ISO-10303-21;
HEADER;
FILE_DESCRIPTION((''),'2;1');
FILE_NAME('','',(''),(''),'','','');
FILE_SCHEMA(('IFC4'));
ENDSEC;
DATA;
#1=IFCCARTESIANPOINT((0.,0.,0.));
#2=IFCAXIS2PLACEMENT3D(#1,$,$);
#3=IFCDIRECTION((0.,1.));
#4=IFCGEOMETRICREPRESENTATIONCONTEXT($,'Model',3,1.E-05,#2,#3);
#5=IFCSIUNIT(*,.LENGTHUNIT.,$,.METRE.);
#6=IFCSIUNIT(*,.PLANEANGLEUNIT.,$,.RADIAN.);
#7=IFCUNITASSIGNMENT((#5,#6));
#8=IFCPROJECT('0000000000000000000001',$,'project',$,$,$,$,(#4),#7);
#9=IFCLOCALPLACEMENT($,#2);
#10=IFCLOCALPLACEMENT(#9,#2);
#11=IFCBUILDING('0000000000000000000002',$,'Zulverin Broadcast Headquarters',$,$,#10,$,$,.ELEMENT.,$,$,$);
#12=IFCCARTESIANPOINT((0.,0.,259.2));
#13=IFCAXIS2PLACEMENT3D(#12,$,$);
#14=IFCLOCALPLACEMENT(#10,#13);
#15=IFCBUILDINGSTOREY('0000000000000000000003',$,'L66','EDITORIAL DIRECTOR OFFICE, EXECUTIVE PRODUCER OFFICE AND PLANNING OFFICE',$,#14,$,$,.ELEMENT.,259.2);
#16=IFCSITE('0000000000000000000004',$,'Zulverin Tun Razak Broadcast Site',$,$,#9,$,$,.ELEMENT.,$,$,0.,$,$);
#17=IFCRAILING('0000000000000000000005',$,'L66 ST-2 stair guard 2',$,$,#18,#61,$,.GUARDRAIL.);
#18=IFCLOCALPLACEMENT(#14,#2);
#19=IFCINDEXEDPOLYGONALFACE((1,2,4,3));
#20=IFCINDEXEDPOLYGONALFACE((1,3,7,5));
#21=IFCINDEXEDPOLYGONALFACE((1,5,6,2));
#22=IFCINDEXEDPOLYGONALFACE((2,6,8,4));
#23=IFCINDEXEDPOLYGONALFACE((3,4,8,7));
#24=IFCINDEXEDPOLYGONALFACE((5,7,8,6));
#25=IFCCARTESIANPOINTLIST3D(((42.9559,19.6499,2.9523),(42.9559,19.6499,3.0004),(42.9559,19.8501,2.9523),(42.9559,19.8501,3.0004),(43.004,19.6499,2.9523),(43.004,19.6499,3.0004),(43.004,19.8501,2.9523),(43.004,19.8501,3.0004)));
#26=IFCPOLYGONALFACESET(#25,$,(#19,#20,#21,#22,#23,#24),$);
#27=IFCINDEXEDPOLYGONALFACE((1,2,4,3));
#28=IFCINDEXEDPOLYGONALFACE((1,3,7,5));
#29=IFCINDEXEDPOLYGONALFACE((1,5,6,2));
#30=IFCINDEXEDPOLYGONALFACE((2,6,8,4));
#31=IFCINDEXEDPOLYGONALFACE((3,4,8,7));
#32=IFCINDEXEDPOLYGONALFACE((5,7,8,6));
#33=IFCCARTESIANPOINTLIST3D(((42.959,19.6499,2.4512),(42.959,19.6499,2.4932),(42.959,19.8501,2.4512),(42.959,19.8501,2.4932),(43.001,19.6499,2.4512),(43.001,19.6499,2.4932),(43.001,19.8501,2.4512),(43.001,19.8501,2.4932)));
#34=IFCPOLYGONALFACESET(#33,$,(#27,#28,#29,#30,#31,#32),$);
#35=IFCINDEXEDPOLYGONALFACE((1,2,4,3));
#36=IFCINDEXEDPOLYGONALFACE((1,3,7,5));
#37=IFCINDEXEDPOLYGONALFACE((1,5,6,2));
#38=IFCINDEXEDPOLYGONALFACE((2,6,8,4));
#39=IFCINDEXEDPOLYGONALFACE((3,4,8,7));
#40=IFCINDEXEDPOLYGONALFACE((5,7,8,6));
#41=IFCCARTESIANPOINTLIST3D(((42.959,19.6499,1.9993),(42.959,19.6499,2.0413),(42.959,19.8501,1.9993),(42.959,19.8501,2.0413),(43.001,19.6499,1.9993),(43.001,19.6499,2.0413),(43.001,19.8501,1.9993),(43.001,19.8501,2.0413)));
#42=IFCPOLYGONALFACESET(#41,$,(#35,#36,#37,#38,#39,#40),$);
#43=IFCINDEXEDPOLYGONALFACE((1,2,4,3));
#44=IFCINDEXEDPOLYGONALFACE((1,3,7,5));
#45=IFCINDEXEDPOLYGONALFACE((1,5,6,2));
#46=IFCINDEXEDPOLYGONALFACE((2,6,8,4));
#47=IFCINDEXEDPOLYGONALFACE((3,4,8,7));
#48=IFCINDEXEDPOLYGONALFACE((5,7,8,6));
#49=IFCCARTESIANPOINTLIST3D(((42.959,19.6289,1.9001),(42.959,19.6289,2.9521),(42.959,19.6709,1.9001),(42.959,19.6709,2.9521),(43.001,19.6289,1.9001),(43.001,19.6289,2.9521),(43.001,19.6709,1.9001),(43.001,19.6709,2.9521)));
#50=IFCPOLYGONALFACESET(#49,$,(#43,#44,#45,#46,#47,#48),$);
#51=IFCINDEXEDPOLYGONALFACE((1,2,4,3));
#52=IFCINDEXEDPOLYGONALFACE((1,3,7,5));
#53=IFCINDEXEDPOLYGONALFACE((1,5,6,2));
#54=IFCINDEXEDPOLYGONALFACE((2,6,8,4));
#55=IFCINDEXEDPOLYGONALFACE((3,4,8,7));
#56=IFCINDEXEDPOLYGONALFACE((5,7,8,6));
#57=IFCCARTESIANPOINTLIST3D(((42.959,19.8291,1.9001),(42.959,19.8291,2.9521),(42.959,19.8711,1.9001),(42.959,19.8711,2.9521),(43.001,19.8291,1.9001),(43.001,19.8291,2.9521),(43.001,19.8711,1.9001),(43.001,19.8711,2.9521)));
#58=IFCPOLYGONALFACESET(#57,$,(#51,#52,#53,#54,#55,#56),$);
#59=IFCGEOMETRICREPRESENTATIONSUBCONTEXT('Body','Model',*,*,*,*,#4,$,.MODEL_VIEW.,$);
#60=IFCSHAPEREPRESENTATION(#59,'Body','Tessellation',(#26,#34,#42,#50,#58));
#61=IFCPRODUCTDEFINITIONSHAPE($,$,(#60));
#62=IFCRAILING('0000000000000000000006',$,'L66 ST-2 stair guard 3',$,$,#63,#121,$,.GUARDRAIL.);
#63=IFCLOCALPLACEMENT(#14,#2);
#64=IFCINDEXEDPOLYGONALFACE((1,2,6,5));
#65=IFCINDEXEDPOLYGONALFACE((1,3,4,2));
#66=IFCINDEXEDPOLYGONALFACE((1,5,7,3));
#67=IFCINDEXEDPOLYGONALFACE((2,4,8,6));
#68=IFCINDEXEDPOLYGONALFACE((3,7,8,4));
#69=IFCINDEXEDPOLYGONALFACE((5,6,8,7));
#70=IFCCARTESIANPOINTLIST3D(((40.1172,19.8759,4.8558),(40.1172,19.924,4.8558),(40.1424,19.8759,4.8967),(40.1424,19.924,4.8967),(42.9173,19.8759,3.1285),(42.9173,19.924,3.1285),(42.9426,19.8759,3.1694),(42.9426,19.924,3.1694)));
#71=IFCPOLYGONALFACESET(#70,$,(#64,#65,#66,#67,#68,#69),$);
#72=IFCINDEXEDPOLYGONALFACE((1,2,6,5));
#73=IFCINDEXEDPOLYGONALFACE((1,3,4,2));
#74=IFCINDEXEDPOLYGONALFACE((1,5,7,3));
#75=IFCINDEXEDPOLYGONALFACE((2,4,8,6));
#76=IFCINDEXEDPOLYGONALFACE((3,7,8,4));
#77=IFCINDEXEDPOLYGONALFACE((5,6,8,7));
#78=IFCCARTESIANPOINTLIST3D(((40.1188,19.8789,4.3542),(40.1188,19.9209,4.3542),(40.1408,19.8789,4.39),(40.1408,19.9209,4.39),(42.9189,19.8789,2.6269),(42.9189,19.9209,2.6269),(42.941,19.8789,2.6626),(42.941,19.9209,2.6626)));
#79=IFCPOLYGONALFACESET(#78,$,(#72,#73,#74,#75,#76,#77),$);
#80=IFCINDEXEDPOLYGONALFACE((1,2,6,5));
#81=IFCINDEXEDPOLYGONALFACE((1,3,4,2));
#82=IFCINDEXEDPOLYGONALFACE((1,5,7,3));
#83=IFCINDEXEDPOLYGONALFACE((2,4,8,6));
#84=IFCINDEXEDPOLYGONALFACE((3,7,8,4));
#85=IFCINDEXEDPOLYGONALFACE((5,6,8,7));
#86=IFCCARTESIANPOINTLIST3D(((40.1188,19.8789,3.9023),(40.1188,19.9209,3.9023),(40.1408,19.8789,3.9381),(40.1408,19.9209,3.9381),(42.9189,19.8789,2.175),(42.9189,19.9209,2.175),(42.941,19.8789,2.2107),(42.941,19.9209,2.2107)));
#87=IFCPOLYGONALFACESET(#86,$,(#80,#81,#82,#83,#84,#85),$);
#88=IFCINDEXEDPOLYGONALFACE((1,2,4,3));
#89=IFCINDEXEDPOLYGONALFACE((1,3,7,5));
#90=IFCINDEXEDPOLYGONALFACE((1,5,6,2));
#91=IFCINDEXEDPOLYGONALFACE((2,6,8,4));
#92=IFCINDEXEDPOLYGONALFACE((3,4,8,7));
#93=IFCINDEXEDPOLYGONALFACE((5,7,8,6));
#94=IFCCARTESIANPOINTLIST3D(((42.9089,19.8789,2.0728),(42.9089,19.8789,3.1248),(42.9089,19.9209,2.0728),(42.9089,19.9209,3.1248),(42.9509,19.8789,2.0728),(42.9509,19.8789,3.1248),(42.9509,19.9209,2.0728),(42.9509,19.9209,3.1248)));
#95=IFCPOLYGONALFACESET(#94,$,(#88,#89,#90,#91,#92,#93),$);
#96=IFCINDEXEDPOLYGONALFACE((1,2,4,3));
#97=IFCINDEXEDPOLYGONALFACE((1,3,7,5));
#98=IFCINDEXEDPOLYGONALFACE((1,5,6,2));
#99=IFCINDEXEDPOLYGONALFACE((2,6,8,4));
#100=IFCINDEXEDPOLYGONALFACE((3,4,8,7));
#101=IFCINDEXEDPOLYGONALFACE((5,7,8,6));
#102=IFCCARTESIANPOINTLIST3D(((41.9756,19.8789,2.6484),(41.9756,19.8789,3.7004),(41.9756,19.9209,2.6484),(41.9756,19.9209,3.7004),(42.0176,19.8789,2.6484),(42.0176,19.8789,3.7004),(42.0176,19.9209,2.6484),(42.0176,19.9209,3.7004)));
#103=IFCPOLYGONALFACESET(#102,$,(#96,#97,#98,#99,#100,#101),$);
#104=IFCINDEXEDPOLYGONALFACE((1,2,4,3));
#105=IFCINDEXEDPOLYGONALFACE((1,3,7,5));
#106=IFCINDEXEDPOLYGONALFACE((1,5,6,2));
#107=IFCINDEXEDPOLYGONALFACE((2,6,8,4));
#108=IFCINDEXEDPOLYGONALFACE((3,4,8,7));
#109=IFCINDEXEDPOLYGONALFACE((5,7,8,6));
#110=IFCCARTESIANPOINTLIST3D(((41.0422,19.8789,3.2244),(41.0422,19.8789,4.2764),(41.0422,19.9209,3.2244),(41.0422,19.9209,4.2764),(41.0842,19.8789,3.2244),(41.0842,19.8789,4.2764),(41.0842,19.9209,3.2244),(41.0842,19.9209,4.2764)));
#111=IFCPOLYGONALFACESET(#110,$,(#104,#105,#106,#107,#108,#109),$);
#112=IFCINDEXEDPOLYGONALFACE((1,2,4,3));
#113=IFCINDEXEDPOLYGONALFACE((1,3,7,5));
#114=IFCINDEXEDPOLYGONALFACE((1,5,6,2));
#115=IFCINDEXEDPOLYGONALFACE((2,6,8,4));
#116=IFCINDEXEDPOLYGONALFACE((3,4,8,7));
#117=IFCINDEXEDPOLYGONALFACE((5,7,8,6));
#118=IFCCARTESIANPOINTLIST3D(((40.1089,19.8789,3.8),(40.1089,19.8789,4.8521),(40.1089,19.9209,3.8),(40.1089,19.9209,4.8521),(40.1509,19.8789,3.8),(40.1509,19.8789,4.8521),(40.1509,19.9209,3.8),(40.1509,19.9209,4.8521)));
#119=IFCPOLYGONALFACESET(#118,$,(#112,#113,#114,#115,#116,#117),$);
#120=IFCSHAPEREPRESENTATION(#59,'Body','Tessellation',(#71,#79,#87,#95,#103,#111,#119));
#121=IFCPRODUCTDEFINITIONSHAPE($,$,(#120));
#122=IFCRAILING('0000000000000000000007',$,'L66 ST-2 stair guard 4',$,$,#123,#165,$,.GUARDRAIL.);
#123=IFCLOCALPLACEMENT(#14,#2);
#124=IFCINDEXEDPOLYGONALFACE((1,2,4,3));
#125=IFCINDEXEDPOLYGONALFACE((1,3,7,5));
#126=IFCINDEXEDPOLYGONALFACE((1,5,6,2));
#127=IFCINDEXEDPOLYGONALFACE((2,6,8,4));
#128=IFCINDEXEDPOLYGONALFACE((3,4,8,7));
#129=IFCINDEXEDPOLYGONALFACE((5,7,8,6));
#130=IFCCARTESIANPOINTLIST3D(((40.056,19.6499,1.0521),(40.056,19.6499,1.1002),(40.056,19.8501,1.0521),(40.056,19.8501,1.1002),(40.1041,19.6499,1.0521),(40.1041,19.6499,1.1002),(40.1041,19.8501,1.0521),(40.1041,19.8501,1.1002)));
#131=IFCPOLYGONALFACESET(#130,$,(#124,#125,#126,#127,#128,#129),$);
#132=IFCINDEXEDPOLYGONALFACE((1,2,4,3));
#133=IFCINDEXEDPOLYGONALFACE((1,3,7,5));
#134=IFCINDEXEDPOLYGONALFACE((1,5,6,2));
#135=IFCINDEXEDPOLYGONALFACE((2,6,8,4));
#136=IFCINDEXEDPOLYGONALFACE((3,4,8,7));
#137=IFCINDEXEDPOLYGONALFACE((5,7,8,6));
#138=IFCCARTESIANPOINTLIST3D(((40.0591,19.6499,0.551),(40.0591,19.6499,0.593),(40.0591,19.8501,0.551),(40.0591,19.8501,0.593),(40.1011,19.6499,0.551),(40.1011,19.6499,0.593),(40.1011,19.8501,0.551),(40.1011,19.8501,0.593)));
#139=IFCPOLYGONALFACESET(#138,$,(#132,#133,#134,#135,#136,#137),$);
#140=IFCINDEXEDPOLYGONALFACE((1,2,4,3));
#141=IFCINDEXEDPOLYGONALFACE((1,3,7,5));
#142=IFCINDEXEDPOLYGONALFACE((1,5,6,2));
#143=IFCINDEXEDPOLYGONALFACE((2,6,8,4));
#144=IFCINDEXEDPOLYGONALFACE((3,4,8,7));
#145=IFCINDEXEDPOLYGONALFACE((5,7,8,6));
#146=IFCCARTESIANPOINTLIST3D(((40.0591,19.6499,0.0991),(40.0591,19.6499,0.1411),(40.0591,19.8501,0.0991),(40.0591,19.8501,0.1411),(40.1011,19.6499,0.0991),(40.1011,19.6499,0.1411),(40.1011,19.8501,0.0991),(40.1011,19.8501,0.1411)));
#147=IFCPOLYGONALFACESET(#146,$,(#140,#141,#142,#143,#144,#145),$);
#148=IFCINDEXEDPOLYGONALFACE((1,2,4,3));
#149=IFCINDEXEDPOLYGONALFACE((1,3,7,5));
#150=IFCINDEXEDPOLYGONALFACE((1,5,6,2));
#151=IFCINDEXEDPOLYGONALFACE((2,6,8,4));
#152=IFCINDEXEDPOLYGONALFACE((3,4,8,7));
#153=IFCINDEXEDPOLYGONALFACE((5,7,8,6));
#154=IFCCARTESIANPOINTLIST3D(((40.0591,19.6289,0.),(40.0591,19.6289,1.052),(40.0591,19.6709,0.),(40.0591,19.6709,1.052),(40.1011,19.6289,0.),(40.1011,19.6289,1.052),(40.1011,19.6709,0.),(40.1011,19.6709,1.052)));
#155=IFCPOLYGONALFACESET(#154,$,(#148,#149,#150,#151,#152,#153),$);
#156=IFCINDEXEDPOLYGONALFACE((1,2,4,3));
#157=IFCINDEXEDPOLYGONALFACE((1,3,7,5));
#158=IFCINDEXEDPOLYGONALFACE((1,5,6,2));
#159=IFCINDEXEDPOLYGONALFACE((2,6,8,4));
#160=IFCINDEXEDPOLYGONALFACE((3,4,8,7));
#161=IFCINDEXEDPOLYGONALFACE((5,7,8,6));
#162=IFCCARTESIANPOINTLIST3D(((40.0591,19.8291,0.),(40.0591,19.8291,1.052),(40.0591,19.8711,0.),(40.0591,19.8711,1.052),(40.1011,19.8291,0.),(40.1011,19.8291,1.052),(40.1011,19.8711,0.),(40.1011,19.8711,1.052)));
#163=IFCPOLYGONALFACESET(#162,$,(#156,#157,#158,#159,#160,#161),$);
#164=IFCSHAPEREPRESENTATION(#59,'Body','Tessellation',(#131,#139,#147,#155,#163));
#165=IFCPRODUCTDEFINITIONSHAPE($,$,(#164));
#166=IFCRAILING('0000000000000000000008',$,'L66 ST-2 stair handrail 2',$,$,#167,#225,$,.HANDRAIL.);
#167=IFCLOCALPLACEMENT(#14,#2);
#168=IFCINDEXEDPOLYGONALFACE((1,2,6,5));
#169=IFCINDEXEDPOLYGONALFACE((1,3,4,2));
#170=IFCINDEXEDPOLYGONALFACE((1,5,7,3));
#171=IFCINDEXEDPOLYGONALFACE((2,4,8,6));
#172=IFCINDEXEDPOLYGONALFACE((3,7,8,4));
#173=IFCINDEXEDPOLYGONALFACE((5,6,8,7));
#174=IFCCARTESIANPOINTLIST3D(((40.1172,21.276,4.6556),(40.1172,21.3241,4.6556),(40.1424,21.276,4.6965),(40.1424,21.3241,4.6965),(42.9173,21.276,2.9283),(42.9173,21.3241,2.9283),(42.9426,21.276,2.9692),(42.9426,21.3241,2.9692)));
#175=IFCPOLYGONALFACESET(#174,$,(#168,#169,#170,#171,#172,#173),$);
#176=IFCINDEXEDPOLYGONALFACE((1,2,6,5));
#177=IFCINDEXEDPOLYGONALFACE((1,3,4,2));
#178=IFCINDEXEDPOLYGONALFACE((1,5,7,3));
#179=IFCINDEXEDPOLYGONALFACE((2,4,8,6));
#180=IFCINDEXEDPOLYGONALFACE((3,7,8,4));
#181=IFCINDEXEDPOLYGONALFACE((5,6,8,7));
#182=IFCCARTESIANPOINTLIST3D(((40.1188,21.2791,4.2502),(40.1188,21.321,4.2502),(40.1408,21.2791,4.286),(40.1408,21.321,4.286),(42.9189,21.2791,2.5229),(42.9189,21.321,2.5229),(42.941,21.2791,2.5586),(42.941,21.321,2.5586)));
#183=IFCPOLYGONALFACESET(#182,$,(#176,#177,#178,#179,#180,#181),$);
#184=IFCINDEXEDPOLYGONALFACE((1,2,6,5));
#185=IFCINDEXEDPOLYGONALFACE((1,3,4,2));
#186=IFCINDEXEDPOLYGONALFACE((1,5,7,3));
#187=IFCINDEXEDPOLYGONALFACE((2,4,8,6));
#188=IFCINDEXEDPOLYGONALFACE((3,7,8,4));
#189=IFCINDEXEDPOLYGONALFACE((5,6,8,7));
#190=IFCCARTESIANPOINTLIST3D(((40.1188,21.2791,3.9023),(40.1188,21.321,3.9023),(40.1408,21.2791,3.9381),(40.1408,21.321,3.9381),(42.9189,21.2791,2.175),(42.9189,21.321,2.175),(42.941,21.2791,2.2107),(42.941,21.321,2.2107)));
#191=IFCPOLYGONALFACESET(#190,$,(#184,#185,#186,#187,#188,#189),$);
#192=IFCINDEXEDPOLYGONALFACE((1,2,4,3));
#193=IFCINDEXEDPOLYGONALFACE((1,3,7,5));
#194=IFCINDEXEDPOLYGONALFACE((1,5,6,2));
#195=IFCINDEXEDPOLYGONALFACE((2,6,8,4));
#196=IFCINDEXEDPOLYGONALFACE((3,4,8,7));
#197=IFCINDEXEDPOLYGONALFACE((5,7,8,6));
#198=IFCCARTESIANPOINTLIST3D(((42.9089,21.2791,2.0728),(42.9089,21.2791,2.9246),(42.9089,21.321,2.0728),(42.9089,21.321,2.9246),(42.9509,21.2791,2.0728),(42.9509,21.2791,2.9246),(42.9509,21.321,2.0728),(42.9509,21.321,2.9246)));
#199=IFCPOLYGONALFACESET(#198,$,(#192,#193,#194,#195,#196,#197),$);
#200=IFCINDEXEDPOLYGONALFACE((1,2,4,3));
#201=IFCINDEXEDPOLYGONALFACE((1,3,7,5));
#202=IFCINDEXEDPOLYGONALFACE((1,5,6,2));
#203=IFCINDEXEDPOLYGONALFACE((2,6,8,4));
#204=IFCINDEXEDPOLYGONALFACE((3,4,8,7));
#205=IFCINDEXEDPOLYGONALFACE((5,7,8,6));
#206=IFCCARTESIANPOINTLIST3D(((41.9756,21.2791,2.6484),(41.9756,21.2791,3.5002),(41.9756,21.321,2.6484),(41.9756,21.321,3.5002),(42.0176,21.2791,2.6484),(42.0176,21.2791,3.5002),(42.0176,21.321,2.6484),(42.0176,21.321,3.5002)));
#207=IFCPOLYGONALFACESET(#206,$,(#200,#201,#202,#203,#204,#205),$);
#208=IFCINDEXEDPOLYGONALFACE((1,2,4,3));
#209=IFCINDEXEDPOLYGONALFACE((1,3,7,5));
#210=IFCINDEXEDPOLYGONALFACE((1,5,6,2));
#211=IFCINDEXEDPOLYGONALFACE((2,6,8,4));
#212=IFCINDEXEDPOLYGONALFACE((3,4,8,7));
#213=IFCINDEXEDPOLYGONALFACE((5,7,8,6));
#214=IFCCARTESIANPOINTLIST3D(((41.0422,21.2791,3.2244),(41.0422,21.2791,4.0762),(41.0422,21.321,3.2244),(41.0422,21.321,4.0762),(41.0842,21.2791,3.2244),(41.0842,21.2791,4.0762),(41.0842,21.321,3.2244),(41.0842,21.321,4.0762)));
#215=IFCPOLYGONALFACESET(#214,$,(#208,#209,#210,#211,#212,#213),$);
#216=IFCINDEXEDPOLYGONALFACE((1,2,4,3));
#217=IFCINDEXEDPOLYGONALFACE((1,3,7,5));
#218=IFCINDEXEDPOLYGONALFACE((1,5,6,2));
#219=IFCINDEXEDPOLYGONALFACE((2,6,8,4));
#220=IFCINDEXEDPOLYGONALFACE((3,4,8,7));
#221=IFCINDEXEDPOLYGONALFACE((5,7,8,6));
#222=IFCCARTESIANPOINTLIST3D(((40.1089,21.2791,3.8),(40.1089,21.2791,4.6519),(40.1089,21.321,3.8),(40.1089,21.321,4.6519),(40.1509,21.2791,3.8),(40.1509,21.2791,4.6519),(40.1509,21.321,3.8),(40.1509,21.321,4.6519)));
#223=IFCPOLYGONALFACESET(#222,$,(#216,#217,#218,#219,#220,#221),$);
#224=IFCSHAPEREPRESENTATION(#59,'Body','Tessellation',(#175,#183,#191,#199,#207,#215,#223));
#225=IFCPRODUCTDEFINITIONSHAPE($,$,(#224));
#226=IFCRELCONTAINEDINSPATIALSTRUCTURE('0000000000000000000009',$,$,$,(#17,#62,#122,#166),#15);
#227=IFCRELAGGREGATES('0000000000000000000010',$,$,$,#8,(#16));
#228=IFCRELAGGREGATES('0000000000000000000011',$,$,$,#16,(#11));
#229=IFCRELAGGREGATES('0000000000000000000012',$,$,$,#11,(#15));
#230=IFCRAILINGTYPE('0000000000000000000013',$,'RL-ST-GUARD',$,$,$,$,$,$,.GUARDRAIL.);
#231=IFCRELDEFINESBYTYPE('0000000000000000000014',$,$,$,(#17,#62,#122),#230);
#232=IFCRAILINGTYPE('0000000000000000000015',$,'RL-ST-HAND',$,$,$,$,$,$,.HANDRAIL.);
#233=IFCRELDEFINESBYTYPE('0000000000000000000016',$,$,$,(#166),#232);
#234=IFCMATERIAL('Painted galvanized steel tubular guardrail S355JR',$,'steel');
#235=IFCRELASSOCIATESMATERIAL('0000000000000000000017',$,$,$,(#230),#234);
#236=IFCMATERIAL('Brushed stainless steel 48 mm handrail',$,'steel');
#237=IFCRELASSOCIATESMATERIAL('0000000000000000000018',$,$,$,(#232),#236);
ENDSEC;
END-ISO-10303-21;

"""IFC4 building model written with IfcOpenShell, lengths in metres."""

from ifc_helpers import new_model, si_unit, direction, frame, origin, origin_2d, place, context, subcontext, project, spatial, rectangle, extrude, material, type_object, element, save


model = new_model("IFC4")

# Units and contexts
model_context = context("Model", 3, precision=1e-05, world=origin(), true_north=direction((0.0, 1.0)))
body_context = subcontext(model_context, "Body", "Model", "MODEL_VIEW")
ifc_project = project(units=[si_unit("LENGTHUNIT", "METRE"), si_unit("PLANEANGLEUNIT", "RADIAN")], contexts=[model_context])

# Site, building, storey
site_placement = place(None, origin())
site = spatial("IfcSite", under=ifc_project, at=site_placement, Name="Zulverin Tun Razak Broadcast Site", CompositionType="ELEMENT", RefElevation=0.0)
building_placement = place(site_placement, origin())
building = spatial("IfcBuilding", under=site, at=building_placement, Name="Zulverin Broadcast Headquarters", CompositionType="ELEMENT")
storey_placement = place(building_placement, frame((0.0, 0.0, 259.2)))
storey = spatial("IfcBuildingStorey", under=building, at=storey_placement, Name="L66", Description="EDITORIAL DIRECTOR OFFICE, EXECUTIVE PRODUCER OFFICE AND PLANNING OFFICE", CompositionType="ELEMENT", Elevation=259.2)

# Railings
ifc_material_1 = material(Name="Painted galvanized steel tubular guardrail S355JR", Category="steel")
railing_type_1 = type_object("IfcRailingType", Name="RL-ST-GUARD", PredefinedType="GUARDRAIL", material=ifc_material_1)
railing_1_placement = place(storey_placement, frame((42.98, 19.6499, 1.9001)))
element("IfcRailing", 1, at=railing_1_placement, inside=storey, type_object=railing_type_1, Name="L66 ST-2 stair guard 2", PredefinedType="GUARDRAIL", context=body_context, shape_type="SweptSolid", body=[
    extrude(rectangle(XDim=0.0481, YDim=0.0481, at=origin_2d()), frame((0.0, 0.0, 1.0762), z_axis=(0.0, 1.0, 0.0), x_axis=(-1.0, 0.0, 0.0)), (0.0, 0.0, 1.0), 0.2002),
    extrude(rectangle(XDim=0.042, YDim=0.042, at=origin_2d()), frame((0.0, 0.0, 0.572), z_axis=(0.0, 1.0, 0.0), x_axis=(-1.0, 0.0, 0.0)), (0.0, 0.0, 1.0), 0.2002),
    extrude(rectangle(XDim=0.042, YDim=0.042, at=origin_2d()), frame((0.0, 0.0, 0.1201), z_axis=(0.0, 1.0, 0.0), x_axis=(-1.0, 0.0, 0.0)), (0.0, 0.0, 1.0), 0.2002),
    extrude(rectangle(XDim=0.042, YDim=0.042, at=origin_2d()), origin(), (0.0, 0.0, 1.0), 1.052),
    extrude(rectangle(XDim=0.042, YDim=0.042, at=origin_2d()), frame((0.0, 0.2002, 0.0)), (0.0, 0.0, 1.0), 1.052),
])
railing_2_placement = place(storey_placement, frame((42.9299, 19.8999, 2.0728)))
element("IfcRailing", 2, at=railing_2_placement, inside=storey, type_object=railing_type_1, Name="L66 ST-2 stair guard 3", PredefinedType="GUARDRAIL", context=body_context, shape_type="SweptSolid", body=[
    extrude(rectangle(XDim=0.0481, YDim=0.0481, at=origin_2d()), frame((0.0, 0.0, 1.0762), z_axis=(-0.85109, 0.0, 0.52502), x_axis=(0.0, -1.0, 0.0)), (0.0, 0.0, 1.0), 3.29),
    extrude(rectangle(XDim=0.042, YDim=0.042, at=origin_2d()), frame((0.0, 0.0, 0.572), z_axis=(-0.85109, 0.0, 0.52502), x_axis=(0.0, -1.0, 0.0)), (0.0, 0.0, 1.0), 3.29),
    extrude(rectangle(XDim=0.042, YDim=0.042, at=origin_2d()), frame((0.0, 0.0, 0.1201), z_axis=(-0.85109, 0.0, 0.52502), x_axis=(0.0, -1.0, 0.0)), (0.0, 0.0, 1.0), 3.29),
    extrude(rectangle(XDim=0.042, YDim=0.042, at=origin_2d()), origin(), (0.0, 0.0, 1.0), 1.052),
    extrude(rectangle(XDim=0.042, YDim=0.042, at=origin_2d()), frame((-0.9333, 0.0, 0.5757)), (0.0, 0.0, 1.0), 1.052),
    extrude(rectangle(XDim=0.042, YDim=0.042, at=origin_2d()), frame((-1.8667, 0.0, 1.1516)), (0.0, 0.0, 1.0), 1.052),
    extrude(rectangle(XDim=0.042, YDim=0.042, at=origin_2d()), frame((-2.8, 0.0, 1.7273)), (0.0, 0.0, 1.0), 1.052),
])
railing_3_placement = place(storey_placement, frame((40.0801, 19.6499, 0.0)))
element("IfcRailing", 3, at=railing_3_placement, inside=storey, type_object=railing_type_1, Name="L66 ST-2 stair guard 4", PredefinedType="GUARDRAIL", context=body_context, shape_type="SweptSolid", body=[
    extrude(rectangle(XDim=0.0481, YDim=0.0481, at=origin_2d()), frame((0.0, 0.0, 1.0762), z_axis=(0.0, 1.0, 0.0), x_axis=(-1.0, 0.0, 0.0)), (0.0, 0.0, 1.0), 0.2002),
    extrude(rectangle(XDim=0.042, YDim=0.042, at=origin_2d()), frame((0.0, 0.0, 0.572), z_axis=(0.0, 1.0, 0.0), x_axis=(-1.0, 0.0, 0.0)), (0.0, 0.0, 1.0), 0.2002),
    extrude(rectangle(XDim=0.042, YDim=0.042, at=origin_2d()), frame((0.0, 0.0, 0.1201), z_axis=(0.0, 1.0, 0.0), x_axis=(-1.0, 0.0, 0.0)), (0.0, 0.0, 1.0), 0.2002),
    extrude(rectangle(XDim=0.042, YDim=0.042, at=origin_2d()), origin(), (0.0, 0.0, 1.0), 1.052),
    extrude(rectangle(XDim=0.042, YDim=0.042, at=origin_2d()), frame((0.0, 0.2002, 0.0)), (0.0, 0.0, 1.0), 1.052),
])
ifc_material_2 = material(Name="Brushed stainless steel 48 mm handrail", Category="steel")
railing_type_2 = type_object("IfcRailingType", Name="RL-ST-HAND", PredefinedType="HANDRAIL", material=ifc_material_2)
railing_4_placement = place(storey_placement, frame((42.9299, 21.3, 2.0728)))
element("IfcRailing", 4, at=railing_4_placement, inside=storey, type_object=railing_type_2, Name="L66 ST-2 stair handrail 2", PredefinedType="HANDRAIL", context=body_context, shape_type="SweptSolid", body=[
    extrude(rectangle(XDim=0.0481, YDim=0.0481, at=origin_2d()), frame((0.0, 0.0, 0.876), z_axis=(-0.85109, 0.0, 0.52502), x_axis=(0.0, -1.0, 0.0)), (0.0, 0.0, 1.0), 3.29),
    extrude(rectangle(XDim=0.042, YDim=0.042, at=origin_2d()), frame((0.0, 0.0, 0.468), z_axis=(-0.85109, 0.0, 0.52502), x_axis=(0.0, -1.0, 0.0)), (0.0, 0.0, 1.0), 3.29),
    extrude(rectangle(XDim=0.042, YDim=0.042, at=origin_2d()), frame((0.0, 0.0, 0.1201), z_axis=(-0.85109, 0.0, 0.52502), x_axis=(0.0, -1.0, 0.0)), (0.0, 0.0, 1.0), 3.29),
    extrude(rectangle(XDim=0.042, YDim=0.042, at=origin_2d()), origin(), (0.0, 0.0, 1.0), 0.8518),
    extrude(rectangle(XDim=0.042, YDim=0.042, at=origin_2d()), frame((-0.9333, 0.0, 0.5757)), (0.0, 0.0, 1.0), 0.8518),
    extrude(rectangle(XDim=0.042, YDim=0.042, at=origin_2d()), frame((-1.8667, 0.0, 1.1516)), (0.0, 0.0, 1.0), 0.8518),
    extrude(rectangle(XDim=0.042, YDim=0.042, at=origin_2d()), frame((-2.8, 0.0, 1.7273)), (0.0, 0.0, 1.0), 0.8518),
])

save(model, "model.ifc")
